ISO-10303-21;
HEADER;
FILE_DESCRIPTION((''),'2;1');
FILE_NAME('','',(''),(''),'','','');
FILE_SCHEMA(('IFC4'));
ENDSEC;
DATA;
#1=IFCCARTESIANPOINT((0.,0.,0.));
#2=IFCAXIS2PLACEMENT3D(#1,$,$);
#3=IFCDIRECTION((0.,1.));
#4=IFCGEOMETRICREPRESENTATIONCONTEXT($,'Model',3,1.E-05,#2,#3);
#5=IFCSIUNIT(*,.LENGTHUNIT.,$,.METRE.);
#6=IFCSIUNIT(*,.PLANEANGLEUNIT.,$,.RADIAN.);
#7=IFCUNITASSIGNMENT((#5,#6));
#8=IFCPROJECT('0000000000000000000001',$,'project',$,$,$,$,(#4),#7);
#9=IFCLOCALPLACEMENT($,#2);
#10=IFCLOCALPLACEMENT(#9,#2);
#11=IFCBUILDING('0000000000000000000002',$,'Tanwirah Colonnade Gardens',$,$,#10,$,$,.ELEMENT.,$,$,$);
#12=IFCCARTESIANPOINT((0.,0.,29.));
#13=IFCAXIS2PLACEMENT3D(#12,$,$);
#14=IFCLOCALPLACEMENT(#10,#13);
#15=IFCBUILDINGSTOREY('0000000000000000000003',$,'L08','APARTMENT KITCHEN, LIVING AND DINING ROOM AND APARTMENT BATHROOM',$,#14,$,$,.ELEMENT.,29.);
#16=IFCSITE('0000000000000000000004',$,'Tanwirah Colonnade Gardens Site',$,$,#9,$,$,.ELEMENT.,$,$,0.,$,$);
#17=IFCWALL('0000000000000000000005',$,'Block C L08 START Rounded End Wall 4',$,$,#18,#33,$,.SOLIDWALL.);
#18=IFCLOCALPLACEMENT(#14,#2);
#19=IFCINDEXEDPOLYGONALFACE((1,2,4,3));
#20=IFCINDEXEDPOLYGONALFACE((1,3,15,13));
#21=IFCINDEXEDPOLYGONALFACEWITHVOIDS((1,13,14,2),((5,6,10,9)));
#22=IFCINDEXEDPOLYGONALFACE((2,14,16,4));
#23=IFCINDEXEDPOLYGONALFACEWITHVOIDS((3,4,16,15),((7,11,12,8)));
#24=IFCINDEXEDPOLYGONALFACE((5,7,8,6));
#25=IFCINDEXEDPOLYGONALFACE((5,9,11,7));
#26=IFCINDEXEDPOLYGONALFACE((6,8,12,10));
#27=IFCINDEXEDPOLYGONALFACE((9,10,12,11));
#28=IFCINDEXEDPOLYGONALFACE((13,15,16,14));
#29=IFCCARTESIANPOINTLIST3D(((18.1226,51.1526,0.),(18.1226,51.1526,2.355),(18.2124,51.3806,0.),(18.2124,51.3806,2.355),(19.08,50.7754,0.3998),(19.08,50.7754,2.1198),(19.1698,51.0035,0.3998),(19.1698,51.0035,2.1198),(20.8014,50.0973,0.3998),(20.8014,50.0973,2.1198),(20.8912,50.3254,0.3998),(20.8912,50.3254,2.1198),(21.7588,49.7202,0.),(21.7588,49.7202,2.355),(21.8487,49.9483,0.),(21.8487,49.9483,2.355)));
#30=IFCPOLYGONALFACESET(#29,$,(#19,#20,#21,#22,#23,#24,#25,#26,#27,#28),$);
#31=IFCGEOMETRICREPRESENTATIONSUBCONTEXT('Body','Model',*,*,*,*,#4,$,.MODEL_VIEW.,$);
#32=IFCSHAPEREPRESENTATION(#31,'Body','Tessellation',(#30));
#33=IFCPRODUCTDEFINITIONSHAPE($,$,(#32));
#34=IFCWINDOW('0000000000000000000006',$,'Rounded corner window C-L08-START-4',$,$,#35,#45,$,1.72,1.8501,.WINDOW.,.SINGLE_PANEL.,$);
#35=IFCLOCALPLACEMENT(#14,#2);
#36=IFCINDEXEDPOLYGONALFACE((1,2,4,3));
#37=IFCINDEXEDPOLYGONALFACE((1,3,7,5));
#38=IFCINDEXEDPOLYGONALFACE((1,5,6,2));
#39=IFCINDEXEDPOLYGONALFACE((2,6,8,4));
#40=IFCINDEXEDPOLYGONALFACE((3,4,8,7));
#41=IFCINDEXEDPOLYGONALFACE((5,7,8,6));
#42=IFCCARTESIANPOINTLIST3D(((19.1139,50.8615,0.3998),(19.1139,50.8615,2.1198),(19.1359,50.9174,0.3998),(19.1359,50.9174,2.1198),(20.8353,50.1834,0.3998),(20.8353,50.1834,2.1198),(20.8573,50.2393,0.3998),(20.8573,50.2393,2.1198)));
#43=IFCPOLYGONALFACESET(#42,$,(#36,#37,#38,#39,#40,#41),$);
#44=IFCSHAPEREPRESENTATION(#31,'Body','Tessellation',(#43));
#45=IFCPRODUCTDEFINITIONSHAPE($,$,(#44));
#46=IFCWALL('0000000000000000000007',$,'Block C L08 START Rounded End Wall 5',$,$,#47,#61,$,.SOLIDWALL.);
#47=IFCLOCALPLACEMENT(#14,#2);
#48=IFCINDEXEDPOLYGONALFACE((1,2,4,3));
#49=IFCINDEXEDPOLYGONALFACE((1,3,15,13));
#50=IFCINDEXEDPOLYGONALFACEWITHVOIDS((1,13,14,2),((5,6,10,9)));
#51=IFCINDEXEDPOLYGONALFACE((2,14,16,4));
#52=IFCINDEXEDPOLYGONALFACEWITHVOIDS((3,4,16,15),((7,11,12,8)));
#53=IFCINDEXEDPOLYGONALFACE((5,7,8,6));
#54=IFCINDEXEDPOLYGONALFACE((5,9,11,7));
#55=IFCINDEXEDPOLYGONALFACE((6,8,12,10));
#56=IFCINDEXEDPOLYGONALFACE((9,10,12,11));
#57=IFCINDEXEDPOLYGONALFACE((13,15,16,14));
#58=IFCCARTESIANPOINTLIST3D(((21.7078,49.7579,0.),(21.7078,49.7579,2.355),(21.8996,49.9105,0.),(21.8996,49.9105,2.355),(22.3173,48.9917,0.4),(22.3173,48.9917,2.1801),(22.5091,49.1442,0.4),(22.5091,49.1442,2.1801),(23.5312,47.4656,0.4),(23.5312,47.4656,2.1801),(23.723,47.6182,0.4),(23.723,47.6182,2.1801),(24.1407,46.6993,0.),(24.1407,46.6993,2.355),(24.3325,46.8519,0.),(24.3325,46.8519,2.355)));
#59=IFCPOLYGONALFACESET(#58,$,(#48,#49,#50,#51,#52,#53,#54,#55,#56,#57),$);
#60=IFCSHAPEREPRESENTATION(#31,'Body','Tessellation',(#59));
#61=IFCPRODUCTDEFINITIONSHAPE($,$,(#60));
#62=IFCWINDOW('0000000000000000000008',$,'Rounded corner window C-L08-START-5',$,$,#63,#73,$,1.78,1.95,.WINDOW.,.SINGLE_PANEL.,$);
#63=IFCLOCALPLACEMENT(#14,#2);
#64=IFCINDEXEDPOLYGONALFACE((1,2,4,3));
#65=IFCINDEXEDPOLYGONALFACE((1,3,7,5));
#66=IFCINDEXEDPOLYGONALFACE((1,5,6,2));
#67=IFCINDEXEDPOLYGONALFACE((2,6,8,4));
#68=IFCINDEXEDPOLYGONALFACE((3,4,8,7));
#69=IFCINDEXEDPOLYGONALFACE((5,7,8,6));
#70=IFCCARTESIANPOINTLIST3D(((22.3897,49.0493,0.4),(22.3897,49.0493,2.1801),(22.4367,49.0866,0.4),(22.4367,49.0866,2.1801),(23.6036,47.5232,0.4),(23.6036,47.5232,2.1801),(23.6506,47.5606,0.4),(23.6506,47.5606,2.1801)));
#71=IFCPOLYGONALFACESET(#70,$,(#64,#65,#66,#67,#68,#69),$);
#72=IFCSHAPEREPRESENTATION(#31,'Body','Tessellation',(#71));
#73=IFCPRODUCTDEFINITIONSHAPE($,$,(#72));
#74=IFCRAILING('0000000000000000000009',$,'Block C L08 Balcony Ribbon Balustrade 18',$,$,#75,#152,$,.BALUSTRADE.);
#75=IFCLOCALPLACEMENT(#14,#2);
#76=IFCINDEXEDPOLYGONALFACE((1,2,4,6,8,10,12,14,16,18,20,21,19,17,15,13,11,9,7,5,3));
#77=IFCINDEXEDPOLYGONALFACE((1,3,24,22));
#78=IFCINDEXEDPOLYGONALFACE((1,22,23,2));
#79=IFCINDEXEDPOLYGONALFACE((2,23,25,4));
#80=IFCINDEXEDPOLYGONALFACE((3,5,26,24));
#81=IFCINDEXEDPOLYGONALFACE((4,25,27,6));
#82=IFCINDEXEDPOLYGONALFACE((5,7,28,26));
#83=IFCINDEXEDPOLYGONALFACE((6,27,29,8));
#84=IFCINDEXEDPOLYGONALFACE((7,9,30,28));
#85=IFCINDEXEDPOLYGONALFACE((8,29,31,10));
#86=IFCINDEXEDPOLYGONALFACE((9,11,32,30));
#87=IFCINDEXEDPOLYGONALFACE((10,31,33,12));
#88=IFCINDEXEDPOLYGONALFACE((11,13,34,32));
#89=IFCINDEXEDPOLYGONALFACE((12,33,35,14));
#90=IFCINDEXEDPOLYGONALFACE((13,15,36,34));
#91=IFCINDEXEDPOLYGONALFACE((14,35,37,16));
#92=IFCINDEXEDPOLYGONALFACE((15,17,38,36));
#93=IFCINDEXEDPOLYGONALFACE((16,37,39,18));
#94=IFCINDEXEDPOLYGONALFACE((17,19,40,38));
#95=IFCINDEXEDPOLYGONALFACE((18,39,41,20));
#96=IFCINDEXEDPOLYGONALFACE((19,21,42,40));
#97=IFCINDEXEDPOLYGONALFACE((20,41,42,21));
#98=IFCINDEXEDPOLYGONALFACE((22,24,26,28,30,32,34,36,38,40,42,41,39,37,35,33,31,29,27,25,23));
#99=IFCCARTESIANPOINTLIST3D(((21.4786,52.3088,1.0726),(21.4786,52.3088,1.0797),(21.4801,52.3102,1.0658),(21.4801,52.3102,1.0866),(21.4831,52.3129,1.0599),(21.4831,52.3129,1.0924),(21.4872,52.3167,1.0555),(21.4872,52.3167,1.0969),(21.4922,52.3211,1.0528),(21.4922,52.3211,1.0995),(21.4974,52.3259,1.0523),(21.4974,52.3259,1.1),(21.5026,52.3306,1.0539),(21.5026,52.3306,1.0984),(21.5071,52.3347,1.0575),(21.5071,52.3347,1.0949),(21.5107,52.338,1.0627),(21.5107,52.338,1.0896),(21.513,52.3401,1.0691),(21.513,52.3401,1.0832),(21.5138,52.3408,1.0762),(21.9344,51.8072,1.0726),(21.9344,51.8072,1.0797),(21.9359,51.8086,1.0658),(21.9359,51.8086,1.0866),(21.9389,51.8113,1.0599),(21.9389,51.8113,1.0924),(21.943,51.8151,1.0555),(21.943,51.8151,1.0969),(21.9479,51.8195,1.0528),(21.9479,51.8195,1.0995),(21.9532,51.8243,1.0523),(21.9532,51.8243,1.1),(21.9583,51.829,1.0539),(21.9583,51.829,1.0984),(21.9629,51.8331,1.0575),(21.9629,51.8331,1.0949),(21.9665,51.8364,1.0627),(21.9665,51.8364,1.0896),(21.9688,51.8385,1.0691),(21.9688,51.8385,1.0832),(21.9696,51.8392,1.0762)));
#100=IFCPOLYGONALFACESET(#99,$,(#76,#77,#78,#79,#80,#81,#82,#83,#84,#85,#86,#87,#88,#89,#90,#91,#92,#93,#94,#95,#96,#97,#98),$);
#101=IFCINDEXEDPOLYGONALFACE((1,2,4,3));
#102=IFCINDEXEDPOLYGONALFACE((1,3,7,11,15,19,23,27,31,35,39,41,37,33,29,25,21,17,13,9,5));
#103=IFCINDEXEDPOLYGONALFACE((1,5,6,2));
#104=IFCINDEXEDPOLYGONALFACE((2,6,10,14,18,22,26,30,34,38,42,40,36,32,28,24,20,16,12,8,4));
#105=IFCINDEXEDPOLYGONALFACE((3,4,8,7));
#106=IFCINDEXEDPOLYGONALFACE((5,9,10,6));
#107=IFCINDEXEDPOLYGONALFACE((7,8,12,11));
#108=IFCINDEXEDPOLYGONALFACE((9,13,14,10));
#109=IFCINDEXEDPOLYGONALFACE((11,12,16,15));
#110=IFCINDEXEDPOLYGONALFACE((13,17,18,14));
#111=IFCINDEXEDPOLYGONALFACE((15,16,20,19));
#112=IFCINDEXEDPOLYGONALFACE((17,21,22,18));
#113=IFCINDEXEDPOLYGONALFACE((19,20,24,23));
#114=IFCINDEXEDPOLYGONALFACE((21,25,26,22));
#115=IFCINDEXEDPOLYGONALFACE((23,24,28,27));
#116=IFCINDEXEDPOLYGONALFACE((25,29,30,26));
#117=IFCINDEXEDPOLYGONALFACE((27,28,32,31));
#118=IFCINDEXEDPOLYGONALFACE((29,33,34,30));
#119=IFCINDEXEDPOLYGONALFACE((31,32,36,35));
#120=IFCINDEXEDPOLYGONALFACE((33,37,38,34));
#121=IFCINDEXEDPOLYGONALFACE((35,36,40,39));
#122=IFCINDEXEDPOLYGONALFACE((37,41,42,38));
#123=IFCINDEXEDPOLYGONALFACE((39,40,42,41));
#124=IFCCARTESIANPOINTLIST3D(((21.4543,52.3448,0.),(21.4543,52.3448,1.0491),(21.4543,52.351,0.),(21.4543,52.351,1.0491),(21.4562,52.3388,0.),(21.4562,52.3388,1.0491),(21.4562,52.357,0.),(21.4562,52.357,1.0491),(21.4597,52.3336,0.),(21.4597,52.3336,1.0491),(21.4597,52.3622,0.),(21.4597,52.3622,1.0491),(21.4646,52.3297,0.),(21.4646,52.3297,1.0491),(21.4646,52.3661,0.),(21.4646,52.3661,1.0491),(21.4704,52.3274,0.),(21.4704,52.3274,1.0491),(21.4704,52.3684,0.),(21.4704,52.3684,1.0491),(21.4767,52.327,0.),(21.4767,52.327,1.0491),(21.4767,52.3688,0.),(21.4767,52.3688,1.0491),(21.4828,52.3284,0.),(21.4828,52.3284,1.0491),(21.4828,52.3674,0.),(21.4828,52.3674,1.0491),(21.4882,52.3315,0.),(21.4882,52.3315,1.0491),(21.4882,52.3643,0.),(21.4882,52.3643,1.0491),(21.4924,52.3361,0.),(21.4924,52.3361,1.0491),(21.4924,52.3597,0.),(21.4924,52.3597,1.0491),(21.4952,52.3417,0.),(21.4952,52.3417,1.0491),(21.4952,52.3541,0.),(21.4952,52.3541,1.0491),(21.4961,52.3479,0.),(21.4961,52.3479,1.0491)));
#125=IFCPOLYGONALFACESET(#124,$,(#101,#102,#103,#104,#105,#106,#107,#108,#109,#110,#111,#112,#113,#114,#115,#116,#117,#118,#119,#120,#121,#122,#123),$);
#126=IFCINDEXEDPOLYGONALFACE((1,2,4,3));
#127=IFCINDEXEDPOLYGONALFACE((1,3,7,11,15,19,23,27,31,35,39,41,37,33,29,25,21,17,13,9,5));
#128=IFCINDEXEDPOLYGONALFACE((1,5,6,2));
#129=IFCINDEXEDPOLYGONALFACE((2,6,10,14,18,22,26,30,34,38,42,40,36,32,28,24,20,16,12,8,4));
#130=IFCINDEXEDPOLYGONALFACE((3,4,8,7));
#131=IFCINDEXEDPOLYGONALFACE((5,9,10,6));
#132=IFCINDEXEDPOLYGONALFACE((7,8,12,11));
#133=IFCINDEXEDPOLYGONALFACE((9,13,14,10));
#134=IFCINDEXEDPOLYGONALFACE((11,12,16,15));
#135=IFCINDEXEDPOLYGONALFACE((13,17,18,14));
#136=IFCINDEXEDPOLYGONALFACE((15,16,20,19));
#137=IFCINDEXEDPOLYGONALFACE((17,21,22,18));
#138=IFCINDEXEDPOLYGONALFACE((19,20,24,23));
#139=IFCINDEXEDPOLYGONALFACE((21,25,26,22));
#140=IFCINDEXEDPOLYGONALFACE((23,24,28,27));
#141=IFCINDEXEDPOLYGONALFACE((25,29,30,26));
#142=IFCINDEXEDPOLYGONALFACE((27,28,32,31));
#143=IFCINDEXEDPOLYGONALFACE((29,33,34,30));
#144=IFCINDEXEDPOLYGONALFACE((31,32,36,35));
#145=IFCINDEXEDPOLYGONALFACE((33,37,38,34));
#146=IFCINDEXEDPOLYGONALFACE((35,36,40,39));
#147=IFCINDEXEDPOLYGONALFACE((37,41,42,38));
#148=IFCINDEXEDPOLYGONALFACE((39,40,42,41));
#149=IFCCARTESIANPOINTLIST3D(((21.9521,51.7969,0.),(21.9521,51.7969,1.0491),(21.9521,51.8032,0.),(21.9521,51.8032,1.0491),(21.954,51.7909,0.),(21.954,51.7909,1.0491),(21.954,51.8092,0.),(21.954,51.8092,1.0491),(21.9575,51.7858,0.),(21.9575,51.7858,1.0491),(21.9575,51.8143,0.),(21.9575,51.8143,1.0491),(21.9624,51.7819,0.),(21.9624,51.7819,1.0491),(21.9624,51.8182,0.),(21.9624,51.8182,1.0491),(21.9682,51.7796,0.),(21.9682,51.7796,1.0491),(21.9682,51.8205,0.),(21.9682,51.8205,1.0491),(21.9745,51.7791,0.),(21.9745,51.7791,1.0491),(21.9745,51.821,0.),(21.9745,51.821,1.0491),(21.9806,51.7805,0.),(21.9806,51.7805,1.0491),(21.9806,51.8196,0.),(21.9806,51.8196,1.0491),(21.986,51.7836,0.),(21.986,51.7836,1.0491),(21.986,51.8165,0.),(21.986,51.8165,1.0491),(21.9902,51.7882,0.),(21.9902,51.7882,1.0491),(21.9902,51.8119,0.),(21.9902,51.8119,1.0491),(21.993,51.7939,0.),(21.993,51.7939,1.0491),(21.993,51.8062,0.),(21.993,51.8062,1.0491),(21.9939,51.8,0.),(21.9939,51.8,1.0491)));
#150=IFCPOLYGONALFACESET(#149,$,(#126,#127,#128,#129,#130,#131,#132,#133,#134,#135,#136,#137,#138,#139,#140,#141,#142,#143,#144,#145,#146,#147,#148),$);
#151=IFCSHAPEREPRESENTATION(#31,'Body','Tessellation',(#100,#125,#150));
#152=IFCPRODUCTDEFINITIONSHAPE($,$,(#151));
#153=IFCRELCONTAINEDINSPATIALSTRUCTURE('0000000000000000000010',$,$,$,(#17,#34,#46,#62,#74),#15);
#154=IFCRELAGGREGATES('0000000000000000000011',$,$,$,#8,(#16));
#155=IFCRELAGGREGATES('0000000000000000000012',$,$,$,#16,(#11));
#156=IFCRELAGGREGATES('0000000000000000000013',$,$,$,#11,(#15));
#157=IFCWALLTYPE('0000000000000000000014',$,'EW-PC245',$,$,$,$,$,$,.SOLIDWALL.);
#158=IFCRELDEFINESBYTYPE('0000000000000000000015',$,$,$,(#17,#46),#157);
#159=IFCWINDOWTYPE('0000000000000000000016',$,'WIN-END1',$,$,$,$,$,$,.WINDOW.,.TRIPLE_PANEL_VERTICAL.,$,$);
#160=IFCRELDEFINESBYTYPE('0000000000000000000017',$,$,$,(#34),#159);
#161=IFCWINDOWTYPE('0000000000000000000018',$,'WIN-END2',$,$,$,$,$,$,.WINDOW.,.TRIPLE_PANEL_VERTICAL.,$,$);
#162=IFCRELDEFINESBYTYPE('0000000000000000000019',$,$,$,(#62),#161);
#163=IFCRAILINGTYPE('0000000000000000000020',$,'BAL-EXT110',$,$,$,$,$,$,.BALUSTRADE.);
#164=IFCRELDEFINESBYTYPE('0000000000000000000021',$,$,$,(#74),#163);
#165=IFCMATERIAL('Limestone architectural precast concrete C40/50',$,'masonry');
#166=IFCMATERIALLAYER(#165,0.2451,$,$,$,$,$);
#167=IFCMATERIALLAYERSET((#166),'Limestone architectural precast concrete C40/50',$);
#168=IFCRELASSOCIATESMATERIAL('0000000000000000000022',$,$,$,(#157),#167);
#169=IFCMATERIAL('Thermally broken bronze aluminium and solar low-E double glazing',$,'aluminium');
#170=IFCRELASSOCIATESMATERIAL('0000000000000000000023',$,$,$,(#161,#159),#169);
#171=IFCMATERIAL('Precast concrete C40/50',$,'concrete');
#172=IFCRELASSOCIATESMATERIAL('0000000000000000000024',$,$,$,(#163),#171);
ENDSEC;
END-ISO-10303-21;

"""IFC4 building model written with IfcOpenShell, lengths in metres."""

from ifc_helpers import new_model, si_unit, direction, frame, frame_2d, origin, origin_2d, place, context, subcontext, project, spatial, rectangle, circle, extrude, material, layer, layer_set, type_object, element, fill, save


model = new_model("IFC4")

# Units and contexts
model_context = context("Model", 3, precision=1e-05, world=origin(), true_north=direction((0.0, 1.0)))
body_context = subcontext(model_context, "Body", "Model", "MODEL_VIEW")
ifc_project = project(units=[si_unit("LENGTHUNIT", "METRE"), si_unit("PLANEANGLEUNIT", "RADIAN")], contexts=[model_context])

# Site, building, storey
site_placement = place(None, origin())
site = spatial("IfcSite", under=ifc_project, at=site_placement, Name="Tanwirah Colonnade Gardens Site", CompositionType="ELEMENT", RefElevation=0.0)
building_placement = place(site_placement, origin())
building = spatial("IfcBuilding", under=site, at=building_placement, Name="Tanwirah Colonnade Gardens", CompositionType="ELEMENT")
storey_placement = place(building_placement, frame((0.0, 0.0, 29.0)))
storey = spatial("IfcBuildingStorey", under=building, at=storey_placement, Name="L08", Description="APARTMENT KITCHEN, LIVING AND DINING ROOM AND APARTMENT BATHROOM", CompositionType="ELEMENT", Elevation=29.0)

# Shared definitions
ifc_material_1 = material(Name="Precast concrete C40/50", Category="concrete")

# Shared definitions
ifc_material_2 = material(Name="Limestone architectural precast concrete C40/50", Category="masonry")
ifc_layer = layer(ifc_material_2, 0.2451)
ifc_layer_set = layer_set([ifc_layer], Name="Limestone architectural precast concrete C40/50")
wall_type = type_object("IfcWallType", Name="EW-PC245", PredefinedType="SOLIDWALL", material=ifc_layer_set)
ifc_material_3 = material(Name="Thermally broken bronze aluminium and solar low-E double glazing", Category="aluminium")
window_type_1 = type_object("IfcWindowType", Name="WIN-END2", PartitioningType="TRIPLE_PANEL_VERTICAL", PredefinedType="WINDOW", material=ifc_material_3)

# Walls, openings, windows
wall_1_placement = place(storey_placement, frame((18.1675, 51.2666, 0.0), z_axis=(0.0, 0.0, 1.0), x_axis=(0.930415, -0.366506, 0.0)))
wall_1 = element("IfcWall", 1, at=wall_1_placement, inside=storey, type_object=wall_type, Name="Block C L08 START Rounded End Wall 4", PredefinedType="SOLIDWALL", context=body_context, shape_type="SweptSolid", body=[
    extrude(rectangle(XDim=3.9082, YDim=0.2451, at=frame_2d((1.9541, 0.0))), origin(), (0.0, 0.0, 1.0), 2.355),
])
opening_1_placement = place(wall_1_placement, frame((1.0291, 0.0, 0.3999)))
opening_1 = element("IfcOpeningElement", 2, at=opening_1_placement, cuts=wall_1, PredefinedType="OPENING", context=body_context, shape_type="SweptSolid", body=[
    extrude(rectangle(XDim=1.8501, YDim=1.72, at=frame_2d((0.925, 0.8599))), frame((0.0, 0.1326, 0.0), z_axis=(0.0, -1.0, 0.0), x_axis=(1.0, 0.0, 0.0)), (0.0, 0.0, 1.0), 0.2651),
])
window_type_2 = type_object("IfcWindowType", Name="WIN-END1", PartitioningType="TRIPLE_PANEL_VERTICAL", PredefinedType="WINDOW", material=ifc_material_3)
window_1_placement = place(opening_1_placement, origin())
window_1 = element("IfcWindow", 3, at=window_1_placement, inside=storey, type_object=window_type_2, Name="Rounded corner window C-L08-START-4", OverallHeight=1.72, OverallWidth=1.8501, PartitioningType="SINGLE_PANEL", PredefinedType="WINDOW", context=body_context, shape_type="SweptSolid", body=[
    extrude(rectangle(XDim=1.8501, YDim=1.72, at=frame_2d((0.925, 0.8599))), frame((0.0, 0.03, 0.0), z_axis=(0.0, -1.0, 0.0), x_axis=(1.0, 0.0, 0.0)), (0.0, 0.0, 1.0), 0.0601),
])
fill(opening_1, window_1)
wall_2_placement = place(storey_placement, frame((21.8037, 49.8342, 0.0), z_axis=(0.0, 0.0, 1.0), x_axis=(0.622506, -0.782615, 0.0)))
wall_2 = element("IfcWall", 4, at=wall_2_placement, inside=storey, type_object=wall_type, Name="Block C L08 START Rounded End Wall 5", PredefinedType="SOLIDWALL", context=body_context, shape_type="SweptSolid", body=[
    extrude(rectangle(XDim=3.9082, YDim=0.2451, at=frame_2d((1.9541, 0.0))), origin(), (0.0, 0.0, 1.0), 2.355),
])
opening_2_placement = place(wall_2_placement, frame((0.979, 0.0, 0.3999)))
opening_2 = element("IfcOpeningElement", 5, at=opening_2_placement, cuts=wall_2, PredefinedType="OPENING", context=body_context, shape_type="SweptSolid", body=[
    extrude(rectangle(XDim=1.95, YDim=1.78, at=frame_2d((0.9751, 0.8901))), frame((0.0, 0.1326, 0.0), z_axis=(0.0, -1.0, 0.0), x_axis=(1.0, 0.0, 0.0)), (0.0, 0.0, 1.0), 0.2651),
])
window_2_placement = place(opening_2_placement, origin())
window_2 = element("IfcWindow", 6, at=window_2_placement, inside=storey, type_object=window_type_1, Name="Rounded corner window C-L08-START-5", OverallHeight=1.78, OverallWidth=1.95, PartitioningType="SINGLE_PANEL", PredefinedType="WINDOW", context=body_context, shape_type="SweptSolid", body=[
    extrude(rectangle(XDim=1.95, YDim=1.78, at=frame_2d((0.9751, 0.8901))), frame((0.0, 0.03, 0.0), z_axis=(0.0, -1.0, 0.0), x_axis=(1.0, 0.0, 0.0)), (0.0, 0.0, 1.0), 0.0601),
])
fill(opening_2, window_2)

# Railing
railing_type_1 = type_object("IfcRailingType", Name="BAL-EXT110", PredefinedType="BALUSTRADE", material=ifc_material_1)
railing_1_placement = place(storey_placement, frame((21.4751, 52.3479, 0.0)))
element("IfcRailing", 7, at=railing_1_placement, inside=storey, type_object=railing_type_1, Name="Block C L08 Balcony Ribbon Balustrade 18", PredefinedType="BALUSTRADE", context=body_context, shape_type="SweptSolid", body=[
    extrude(circle(Radius=0.0239, at=origin_2d()), frame((0.021, -0.0232, 1.0762), z_axis=(0.672492, -0.740104, 0.0), x_axis=(0.740104, 0.672492, 0.0)), (0.0, 0.0, 1.0), 0.6777),
    extrude(circle(Radius=0.021, at=origin_2d()), origin(), (0.0, 0.0, 1.0), 1.0491),
    extrude(circle(Radius=0.021, at=origin_2d()), frame((0.4978, -0.5479, 0.0)), (0.0, 0.0, 1.0), 1.0491),
])

save(model, "model.ifc")
